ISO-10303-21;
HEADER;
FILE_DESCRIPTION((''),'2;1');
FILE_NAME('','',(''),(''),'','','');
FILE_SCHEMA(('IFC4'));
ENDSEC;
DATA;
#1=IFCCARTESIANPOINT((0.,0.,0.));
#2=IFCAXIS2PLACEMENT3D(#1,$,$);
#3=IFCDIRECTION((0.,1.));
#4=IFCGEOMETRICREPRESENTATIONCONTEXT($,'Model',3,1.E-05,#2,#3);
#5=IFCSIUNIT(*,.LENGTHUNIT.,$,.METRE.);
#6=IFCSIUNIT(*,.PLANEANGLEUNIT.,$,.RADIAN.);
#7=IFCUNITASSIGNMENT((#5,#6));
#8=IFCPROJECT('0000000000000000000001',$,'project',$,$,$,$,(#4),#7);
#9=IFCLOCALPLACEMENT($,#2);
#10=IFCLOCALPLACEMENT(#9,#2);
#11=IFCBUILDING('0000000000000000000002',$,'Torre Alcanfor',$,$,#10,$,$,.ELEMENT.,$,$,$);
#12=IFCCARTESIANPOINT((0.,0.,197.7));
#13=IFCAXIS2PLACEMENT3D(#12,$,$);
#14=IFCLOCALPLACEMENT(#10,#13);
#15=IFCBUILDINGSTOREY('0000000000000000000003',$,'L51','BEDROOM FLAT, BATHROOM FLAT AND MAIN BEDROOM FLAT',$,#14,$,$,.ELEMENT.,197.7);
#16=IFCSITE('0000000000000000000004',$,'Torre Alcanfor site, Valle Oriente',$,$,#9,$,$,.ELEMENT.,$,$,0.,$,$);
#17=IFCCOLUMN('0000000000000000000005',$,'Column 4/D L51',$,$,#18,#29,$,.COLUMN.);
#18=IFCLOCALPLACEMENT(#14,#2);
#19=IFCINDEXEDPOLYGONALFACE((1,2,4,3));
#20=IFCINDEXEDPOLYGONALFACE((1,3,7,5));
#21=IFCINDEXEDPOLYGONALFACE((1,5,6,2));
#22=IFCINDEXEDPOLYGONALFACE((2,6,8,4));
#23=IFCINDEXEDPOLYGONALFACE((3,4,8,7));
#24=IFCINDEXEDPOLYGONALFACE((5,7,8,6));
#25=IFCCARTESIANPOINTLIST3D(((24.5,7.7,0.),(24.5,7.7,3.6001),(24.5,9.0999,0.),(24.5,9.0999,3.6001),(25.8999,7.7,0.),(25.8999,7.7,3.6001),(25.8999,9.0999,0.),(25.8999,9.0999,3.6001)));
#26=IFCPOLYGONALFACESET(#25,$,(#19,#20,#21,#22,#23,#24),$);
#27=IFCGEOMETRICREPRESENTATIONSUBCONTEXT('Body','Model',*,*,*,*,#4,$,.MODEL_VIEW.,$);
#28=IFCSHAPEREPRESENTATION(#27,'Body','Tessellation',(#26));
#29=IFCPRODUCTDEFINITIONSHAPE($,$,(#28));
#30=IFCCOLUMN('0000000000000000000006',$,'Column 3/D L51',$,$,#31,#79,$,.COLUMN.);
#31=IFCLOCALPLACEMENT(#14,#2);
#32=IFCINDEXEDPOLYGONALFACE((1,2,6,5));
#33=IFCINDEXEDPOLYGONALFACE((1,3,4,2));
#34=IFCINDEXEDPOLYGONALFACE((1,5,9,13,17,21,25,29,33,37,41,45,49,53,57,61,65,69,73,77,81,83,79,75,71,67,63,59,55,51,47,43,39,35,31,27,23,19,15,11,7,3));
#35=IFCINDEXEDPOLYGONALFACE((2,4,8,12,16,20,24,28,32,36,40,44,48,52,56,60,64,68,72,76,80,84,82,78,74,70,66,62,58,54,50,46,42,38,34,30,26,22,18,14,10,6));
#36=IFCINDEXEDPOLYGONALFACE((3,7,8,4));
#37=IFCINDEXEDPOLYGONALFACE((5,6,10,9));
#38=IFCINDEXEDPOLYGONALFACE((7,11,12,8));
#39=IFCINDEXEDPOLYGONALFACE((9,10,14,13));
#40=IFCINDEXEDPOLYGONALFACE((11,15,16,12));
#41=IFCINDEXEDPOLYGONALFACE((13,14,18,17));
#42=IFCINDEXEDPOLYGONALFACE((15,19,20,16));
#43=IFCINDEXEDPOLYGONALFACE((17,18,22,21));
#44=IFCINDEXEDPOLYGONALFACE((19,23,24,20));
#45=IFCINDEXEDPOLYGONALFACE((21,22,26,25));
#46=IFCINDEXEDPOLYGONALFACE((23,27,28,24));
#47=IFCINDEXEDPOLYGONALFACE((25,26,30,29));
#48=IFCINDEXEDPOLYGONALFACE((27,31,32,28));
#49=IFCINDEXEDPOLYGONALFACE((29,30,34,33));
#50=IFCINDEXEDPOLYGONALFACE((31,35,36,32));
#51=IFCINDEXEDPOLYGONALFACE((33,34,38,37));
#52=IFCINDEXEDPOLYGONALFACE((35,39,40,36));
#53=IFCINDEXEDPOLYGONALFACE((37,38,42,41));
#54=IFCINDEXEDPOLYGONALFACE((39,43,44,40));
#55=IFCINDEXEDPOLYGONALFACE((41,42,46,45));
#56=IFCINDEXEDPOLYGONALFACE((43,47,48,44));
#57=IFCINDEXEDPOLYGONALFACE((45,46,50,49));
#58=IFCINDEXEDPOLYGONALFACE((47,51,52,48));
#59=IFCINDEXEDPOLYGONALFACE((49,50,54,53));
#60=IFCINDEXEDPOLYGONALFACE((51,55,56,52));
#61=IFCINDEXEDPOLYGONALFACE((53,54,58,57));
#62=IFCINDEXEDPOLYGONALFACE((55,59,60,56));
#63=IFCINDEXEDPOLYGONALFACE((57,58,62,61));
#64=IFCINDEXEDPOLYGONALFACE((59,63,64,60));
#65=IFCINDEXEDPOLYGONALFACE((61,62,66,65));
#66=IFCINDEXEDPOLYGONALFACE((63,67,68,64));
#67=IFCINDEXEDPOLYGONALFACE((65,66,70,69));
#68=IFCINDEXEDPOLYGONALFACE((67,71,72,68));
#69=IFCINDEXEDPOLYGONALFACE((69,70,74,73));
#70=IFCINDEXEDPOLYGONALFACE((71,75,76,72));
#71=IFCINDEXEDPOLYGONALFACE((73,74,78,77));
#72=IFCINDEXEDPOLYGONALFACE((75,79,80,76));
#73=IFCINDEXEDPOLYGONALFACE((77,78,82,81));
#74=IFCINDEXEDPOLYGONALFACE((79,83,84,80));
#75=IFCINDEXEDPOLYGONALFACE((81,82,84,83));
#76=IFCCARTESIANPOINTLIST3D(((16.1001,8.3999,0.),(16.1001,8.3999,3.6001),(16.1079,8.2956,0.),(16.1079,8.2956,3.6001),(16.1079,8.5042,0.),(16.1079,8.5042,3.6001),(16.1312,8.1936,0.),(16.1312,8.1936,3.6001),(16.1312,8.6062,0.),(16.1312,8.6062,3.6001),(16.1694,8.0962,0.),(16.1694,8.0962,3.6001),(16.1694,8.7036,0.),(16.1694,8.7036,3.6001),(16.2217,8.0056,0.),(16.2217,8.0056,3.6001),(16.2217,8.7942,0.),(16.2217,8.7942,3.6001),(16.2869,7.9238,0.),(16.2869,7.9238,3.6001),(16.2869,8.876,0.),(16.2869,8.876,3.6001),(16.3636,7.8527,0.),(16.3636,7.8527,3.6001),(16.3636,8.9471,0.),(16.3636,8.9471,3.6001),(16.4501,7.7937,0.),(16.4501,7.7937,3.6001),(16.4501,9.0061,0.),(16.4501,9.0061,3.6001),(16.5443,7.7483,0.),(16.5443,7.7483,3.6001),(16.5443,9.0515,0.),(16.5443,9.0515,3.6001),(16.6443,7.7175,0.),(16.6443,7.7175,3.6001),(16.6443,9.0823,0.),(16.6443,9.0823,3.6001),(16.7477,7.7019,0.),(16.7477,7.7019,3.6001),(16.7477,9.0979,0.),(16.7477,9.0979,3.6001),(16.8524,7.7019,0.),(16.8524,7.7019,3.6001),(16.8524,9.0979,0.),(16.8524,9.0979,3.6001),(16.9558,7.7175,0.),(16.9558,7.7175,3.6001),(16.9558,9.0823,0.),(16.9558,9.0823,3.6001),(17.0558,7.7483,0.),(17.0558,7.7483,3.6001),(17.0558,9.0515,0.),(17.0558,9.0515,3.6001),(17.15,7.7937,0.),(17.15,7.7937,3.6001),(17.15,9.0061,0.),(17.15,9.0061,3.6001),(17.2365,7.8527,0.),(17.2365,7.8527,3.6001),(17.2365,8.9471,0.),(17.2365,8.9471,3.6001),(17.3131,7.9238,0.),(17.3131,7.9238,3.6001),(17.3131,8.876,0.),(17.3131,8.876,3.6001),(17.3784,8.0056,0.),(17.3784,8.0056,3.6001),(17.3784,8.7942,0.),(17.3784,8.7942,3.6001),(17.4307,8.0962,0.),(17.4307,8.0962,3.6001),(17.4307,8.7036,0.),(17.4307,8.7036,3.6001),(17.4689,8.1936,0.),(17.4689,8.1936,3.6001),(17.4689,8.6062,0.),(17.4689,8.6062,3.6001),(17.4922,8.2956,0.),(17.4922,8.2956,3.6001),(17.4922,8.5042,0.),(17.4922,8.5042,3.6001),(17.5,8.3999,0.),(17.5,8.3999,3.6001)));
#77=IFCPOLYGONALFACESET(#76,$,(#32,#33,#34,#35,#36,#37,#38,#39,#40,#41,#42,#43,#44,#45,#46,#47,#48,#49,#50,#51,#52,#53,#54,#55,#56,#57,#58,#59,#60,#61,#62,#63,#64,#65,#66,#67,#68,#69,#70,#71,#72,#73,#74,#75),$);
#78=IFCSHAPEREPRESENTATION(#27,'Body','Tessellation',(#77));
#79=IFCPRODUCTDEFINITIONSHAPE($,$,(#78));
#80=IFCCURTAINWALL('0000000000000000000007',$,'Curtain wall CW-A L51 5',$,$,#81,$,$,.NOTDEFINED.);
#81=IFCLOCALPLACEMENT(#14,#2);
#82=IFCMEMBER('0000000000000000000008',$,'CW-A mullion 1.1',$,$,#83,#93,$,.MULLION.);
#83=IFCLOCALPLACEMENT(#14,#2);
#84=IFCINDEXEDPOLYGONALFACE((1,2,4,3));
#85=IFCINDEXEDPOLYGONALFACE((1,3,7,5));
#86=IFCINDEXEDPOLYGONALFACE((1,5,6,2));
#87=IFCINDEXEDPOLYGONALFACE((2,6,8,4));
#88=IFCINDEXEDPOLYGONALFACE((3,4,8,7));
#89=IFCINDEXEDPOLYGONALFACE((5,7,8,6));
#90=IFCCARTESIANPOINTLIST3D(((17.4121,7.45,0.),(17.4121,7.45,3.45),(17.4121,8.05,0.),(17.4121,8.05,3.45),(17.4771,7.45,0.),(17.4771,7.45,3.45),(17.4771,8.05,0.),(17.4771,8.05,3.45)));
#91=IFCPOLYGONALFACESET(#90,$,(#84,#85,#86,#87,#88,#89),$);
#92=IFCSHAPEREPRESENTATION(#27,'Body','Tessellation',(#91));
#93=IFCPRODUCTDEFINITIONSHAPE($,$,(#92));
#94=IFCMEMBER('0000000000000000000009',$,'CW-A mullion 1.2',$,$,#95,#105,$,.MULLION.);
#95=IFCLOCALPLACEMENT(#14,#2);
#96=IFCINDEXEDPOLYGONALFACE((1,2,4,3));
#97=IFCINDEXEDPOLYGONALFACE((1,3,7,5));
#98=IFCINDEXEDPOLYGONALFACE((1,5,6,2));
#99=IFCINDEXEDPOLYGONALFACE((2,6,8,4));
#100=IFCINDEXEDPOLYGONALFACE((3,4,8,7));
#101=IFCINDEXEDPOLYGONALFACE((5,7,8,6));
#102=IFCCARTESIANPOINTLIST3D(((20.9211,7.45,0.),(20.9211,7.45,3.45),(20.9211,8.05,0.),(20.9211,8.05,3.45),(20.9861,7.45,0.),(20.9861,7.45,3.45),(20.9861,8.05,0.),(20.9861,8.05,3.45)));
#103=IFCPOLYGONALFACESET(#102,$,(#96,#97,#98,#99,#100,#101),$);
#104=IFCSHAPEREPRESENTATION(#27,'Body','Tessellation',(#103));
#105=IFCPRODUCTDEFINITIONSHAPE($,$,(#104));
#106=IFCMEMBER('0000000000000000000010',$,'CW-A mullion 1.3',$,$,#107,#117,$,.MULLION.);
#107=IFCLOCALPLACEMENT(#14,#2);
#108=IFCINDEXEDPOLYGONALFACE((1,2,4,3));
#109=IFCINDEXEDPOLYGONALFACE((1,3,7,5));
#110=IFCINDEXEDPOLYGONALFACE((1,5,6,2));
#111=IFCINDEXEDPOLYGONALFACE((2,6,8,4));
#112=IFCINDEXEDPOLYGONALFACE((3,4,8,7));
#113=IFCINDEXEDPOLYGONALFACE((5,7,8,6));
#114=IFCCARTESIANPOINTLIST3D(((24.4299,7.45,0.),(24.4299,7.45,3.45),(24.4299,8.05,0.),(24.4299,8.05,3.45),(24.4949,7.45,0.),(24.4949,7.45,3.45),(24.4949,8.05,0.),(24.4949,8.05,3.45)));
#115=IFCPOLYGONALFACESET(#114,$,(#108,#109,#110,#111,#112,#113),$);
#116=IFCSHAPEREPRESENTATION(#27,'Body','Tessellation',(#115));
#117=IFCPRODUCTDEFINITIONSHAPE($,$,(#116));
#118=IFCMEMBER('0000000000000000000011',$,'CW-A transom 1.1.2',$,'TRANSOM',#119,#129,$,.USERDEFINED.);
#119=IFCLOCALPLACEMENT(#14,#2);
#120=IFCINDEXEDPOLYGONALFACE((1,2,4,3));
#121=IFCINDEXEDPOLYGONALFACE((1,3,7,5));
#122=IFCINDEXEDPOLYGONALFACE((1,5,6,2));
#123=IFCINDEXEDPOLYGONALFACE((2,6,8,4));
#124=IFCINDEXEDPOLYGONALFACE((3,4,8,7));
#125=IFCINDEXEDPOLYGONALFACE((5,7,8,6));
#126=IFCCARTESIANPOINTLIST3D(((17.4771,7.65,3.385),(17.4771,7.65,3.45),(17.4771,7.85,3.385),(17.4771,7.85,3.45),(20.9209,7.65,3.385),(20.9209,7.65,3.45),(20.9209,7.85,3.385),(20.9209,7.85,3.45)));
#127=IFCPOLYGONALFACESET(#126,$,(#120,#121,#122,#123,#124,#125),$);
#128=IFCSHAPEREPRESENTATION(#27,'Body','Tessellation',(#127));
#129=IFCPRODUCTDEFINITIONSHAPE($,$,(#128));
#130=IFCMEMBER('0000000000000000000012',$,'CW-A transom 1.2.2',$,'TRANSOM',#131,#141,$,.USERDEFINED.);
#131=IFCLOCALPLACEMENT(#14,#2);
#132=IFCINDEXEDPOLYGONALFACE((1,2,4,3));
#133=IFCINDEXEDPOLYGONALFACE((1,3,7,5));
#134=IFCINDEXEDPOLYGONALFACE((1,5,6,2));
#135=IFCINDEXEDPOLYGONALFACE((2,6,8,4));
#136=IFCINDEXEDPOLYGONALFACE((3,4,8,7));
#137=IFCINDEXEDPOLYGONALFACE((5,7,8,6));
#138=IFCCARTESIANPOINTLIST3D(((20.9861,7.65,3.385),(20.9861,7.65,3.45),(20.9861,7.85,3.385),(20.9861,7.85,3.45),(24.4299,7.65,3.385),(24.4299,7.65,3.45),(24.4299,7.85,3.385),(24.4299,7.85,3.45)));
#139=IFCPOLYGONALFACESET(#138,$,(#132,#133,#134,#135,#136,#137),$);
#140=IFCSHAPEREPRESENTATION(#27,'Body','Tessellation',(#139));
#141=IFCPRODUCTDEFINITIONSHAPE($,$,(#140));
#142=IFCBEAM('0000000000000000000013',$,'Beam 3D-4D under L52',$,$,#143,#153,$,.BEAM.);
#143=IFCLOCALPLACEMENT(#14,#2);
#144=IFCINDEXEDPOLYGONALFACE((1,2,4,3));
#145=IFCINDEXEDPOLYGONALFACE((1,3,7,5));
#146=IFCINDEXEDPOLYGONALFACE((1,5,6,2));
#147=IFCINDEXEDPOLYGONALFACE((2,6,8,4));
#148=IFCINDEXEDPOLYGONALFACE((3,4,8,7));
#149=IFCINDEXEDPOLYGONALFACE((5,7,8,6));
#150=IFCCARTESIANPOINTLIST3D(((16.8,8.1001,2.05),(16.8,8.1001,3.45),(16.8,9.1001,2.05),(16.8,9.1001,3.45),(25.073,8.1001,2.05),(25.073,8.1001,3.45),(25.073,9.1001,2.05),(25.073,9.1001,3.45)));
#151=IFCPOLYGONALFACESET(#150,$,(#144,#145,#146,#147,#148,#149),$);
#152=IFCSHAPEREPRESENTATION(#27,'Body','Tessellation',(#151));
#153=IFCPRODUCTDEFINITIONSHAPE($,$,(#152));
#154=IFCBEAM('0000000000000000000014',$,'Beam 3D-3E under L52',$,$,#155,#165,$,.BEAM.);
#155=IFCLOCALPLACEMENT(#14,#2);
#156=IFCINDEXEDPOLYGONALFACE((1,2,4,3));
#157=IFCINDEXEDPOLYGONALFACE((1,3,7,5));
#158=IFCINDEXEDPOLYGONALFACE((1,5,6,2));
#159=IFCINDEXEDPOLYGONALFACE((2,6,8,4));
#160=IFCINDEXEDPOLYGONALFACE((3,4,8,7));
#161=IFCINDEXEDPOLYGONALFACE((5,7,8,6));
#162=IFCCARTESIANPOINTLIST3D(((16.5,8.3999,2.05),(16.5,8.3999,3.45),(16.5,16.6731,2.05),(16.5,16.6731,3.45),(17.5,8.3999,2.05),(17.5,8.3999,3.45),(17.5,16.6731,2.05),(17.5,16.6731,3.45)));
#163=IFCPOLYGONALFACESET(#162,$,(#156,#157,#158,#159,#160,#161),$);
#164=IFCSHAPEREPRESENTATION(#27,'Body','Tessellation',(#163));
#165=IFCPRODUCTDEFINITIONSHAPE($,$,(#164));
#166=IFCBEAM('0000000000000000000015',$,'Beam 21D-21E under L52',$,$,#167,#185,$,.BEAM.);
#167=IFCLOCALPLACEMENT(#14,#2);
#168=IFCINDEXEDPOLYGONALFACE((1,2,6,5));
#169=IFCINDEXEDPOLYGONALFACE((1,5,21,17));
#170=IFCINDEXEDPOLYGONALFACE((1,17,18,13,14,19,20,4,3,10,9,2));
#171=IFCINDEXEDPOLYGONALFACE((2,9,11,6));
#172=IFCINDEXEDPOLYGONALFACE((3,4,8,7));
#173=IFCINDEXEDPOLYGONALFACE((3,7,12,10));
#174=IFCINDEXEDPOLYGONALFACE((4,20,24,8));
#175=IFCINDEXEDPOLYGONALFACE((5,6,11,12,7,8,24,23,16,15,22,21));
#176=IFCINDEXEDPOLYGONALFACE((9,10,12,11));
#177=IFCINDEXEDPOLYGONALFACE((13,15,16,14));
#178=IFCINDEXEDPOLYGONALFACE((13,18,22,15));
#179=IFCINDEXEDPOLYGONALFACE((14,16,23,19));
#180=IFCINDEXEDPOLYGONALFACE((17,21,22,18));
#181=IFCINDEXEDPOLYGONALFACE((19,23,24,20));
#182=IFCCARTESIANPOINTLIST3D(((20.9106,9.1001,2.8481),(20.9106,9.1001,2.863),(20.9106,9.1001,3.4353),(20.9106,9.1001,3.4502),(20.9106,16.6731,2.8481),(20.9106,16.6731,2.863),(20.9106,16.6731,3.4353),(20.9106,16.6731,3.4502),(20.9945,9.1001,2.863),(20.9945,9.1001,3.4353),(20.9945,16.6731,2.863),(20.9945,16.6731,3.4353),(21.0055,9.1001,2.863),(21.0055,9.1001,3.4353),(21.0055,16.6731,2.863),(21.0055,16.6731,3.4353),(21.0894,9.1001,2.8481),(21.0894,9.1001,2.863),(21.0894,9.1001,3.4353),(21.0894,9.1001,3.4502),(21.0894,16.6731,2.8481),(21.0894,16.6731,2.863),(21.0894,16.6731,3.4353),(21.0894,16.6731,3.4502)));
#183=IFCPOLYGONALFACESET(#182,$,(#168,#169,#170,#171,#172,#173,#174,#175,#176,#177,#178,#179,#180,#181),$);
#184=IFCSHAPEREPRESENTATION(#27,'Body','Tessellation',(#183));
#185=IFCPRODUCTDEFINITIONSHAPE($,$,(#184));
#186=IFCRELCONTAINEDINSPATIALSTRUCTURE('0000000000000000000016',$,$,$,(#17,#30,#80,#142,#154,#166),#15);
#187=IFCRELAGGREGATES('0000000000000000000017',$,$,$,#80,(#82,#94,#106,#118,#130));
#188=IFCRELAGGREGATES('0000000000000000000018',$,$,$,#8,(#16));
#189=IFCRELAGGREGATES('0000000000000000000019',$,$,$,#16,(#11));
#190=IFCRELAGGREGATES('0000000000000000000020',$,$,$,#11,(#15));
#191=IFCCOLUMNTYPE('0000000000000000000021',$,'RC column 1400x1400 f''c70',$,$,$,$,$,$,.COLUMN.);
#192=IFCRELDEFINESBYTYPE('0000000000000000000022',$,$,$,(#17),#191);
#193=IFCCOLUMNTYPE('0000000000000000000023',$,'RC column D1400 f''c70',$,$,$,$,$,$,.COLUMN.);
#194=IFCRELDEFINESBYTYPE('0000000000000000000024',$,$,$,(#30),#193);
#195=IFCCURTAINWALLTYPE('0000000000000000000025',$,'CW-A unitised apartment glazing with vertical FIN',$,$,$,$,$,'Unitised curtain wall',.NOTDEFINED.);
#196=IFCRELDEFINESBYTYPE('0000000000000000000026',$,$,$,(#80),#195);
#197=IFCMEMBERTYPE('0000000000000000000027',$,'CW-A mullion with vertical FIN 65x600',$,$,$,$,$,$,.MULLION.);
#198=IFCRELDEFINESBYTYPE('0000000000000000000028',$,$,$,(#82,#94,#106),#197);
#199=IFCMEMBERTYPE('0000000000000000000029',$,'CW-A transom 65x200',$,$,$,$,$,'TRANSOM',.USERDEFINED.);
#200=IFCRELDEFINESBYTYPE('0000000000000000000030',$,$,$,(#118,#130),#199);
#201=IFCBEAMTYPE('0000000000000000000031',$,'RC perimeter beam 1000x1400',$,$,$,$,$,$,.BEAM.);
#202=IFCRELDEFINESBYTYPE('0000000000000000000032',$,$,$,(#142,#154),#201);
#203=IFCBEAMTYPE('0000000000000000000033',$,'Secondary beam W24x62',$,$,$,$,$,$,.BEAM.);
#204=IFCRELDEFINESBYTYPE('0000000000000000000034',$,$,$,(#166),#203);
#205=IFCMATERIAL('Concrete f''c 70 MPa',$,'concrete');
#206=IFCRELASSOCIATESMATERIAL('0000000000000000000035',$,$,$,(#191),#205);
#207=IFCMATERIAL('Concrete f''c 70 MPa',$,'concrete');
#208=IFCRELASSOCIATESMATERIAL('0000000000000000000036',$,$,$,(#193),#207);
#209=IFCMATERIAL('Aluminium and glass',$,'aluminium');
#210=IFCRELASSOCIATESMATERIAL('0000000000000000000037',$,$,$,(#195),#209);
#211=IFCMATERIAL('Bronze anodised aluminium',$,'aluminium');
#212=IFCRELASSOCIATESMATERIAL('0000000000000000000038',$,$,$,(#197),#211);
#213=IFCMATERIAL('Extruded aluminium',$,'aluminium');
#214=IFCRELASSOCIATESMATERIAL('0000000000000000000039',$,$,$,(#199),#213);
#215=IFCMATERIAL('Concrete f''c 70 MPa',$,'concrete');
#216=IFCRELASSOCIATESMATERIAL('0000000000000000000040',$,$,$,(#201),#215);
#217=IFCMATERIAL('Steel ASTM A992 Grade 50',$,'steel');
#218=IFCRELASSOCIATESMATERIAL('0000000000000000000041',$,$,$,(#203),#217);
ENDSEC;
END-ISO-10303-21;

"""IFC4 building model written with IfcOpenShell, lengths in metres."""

from ifc_helpers import new_model, si_unit, direction, frame, origin, origin_2d, place, context, subcontext, project, spatial, rectangle, circle, i_section, extrude, material, material_profile, profile_set, type_object, element, aggregate, save


model = new_model("IFC4")

# Units and contexts
model_context = context("Model", 3, precision=1e-05, world=origin(), true_north=direction((0.0, 1.0)))
body_context = subcontext(model_context, "Body", "Model", "MODEL_VIEW")
ifc_project = project(units=[si_unit("LENGTHUNIT", "METRE"), si_unit("PLANEANGLEUNIT", "RADIAN")], contexts=[model_context])

# Site, building, storey
site_placement = place(None, origin())
site = spatial("IfcSite", under=ifc_project, at=site_placement, Name="Torre Alcanfor site, Valle Oriente", CompositionType="ELEMENT", RefElevation=0.0)
building_placement = place(site_placement, origin())
building = spatial("IfcBuilding", under=site, at=building_placement, Name="Torre Alcanfor", CompositionType="ELEMENT")
storey_placement = place(building_placement, frame((0.0, 0.0, 197.7)))
storey = spatial("IfcBuildingStorey", under=building, at=storey_placement, Name="L51", Description="BEDROOM FLAT, BATHROOM FLAT AND MAIN BEDROOM FLAT", CompositionType="ELEMENT", Elevation=197.7)

# Columns
ifc_material_1 = material(Name="Concrete f'c 70 MPa", Category="concrete")
ifc_material_profile_1 = material_profile(ifc_material_1, rectangle(XDim=1.3999, YDim=1.3999, at=origin_2d()), Name="1400x1400")
ifc_profile_set_1 = profile_set([ifc_material_profile_1], Name="Concrete f'c 70 MPa")
column_type_1 = type_object("IfcColumnType", Name="RC column 1400x1400 f'c70", PredefinedType="COLUMN", material=ifc_profile_set_1)
column_1_placement = place(storey_placement, frame((25.2, 8.3999, 0.0), z_axis=(0.0, 0.0, 1.0), x_axis=(1.0, 0.0, 0.0)))
element("IfcColumn", 1, at=column_1_placement, inside=storey, type_object=column_type_1, Name="Column 4/D L51", PredefinedType="COLUMN", context=body_context, shape_type="SweptSolid", body=[
    extrude(rectangle(XDim=1.3999, YDim=1.3999, at=origin_2d()), origin(), (0.0, 0.0, 1.0), 3.6001),
])
ifc_material_2 = material(Name="Concrete f'c 70 MPa", Category="concrete")
ifc_material_profile_2 = material_profile(ifc_material_2, circle(Radius=0.7, at=origin_2d()), Name="D1400")
ifc_profile_set_2 = profile_set([ifc_material_profile_2], Name="Concrete f'c 70 MPa")
column_type_2 = type_object("IfcColumnType", Name="RC column D1400 f'c70", PredefinedType="COLUMN", material=ifc_profile_set_2)
column_2_placement = place(storey_placement, frame((16.8, 8.3999, 0.0), z_axis=(0.0, 0.0, 1.0), x_axis=(1.0, 0.0, 0.0)))
element("IfcColumn", 2, at=column_2_placement, inside=storey, type_object=column_type_2, Name="Column 3/D L51", PredefinedType="COLUMN", context=body_context, shape_type="SweptSolid", body=[
    extrude(circle(Radius=0.7, at=origin_2d()), origin(), (0.0, 0.0, 1.0), 3.6001),
])

# Curtain wall, members
ifc_material_3 = material(Name="Aluminium and glass", Category="aluminium")
curtain_wall_type = type_object("IfcCurtainWallType", Name="CW-A unitised apartment glazing with vertical FIN", ElementType="Unitised curtain wall", PredefinedType="NOTDEFINED", material=ifc_material_3)
curtain_wall_placement = place(storey_placement, origin())
curtain_wall = element("IfcCurtainWall", 3, at=curtain_wall_placement, inside=storey, type_object=curtain_wall_type, Name="Curtain wall CW-A L51 5", PredefinedType="NOTDEFINED")
ifc_material_4 = material(Name="Bronze anodised aluminium", Category="aluminium")
ifc_material_profile_3 = material_profile(ifc_material_4, rectangle(XDim=0.6001, YDim=0.0649, at=origin_2d()), Name="CW-A mullion 65x600")
ifc_profile_set_3 = profile_set([ifc_material_profile_3], Name="Bronze anodised aluminium")
member_type_1 = type_object("IfcMemberType", Name="CW-A mullion with vertical FIN 65x600", PredefinedType="MULLION", material=ifc_profile_set_3)
member_1_placement = place(storey_placement, frame((17.4446, 7.75, 0.0), z_axis=(0.0, 0.0, 1.0), x_axis=(0.0, 1.0, 0.0)))
member_1 = element("IfcMember", 4, at=member_1_placement, type_object=member_type_1, Name="CW-A mullion 1.1", PredefinedType="MULLION", context=body_context, shape_type="SweptSolid", body=[
    extrude(rectangle(XDim=0.6001, YDim=0.0649, at=origin_2d()), origin(), (0.0, 0.0, 1.0), 3.45),
])
member_2_placement = place(storey_placement, frame((20.9536, 7.75, 0.0), z_axis=(0.0, 0.0, 1.0), x_axis=(0.0, 1.0, 0.0)))
member_2 = element("IfcMember", 5, at=member_2_placement, type_object=member_type_1, Name="CW-A mullion 1.2", PredefinedType="MULLION", context=body_context, shape_type="SweptSolid", body=[
    extrude(rectangle(XDim=0.6001, YDim=0.0649, at=origin_2d()), origin(), (0.0, 0.0, 1.0), 3.45),
])
member_3_placement = place(storey_placement, frame((24.4624, 7.75, 0.0), z_axis=(0.0, 0.0, 1.0), x_axis=(0.0, 1.0, 0.0)))
member_3 = element("IfcMember", 6, at=member_3_placement, type_object=member_type_1, Name="CW-A mullion 1.3", PredefinedType="MULLION", context=body_context, shape_type="SweptSolid", body=[
    extrude(rectangle(XDim=0.6001, YDim=0.0649, at=origin_2d()), origin(), (0.0, 0.0, 1.0), 3.45),
])
ifc_material_5 = material(Name="Extruded aluminium", Category="aluminium")
ifc_material_profile_4 = material_profile(ifc_material_5, rectangle(XDim=0.2, YDim=0.0649, at=origin_2d()), Name="CW-A transom 200x65")
ifc_profile_set_4 = profile_set([ifc_material_profile_4], Name="Extruded aluminium")
member_type_2 = type_object("IfcMemberType", Name="CW-A transom 65x200", ElementType="TRANSOM", PredefinedType="USERDEFINED", material=ifc_profile_set_4)
member_4_placement = place(storey_placement, frame((17.4771, 7.75, 3.4175), z_axis=(1.0, 0.0, 0.0), x_axis=(0.0, 1.0, 0.0)))
member_4 = element("IfcMember", 7, at=member_4_placement, type_object=member_type_2, Name="CW-A transom 1.1.2", ObjectType="TRANSOM", PredefinedType="USERDEFINED", context=body_context, shape_type="SweptSolid", body=[
    extrude(rectangle(XDim=0.2, YDim=0.0649, at=origin_2d()), origin(), (0.0, 0.0, 1.0), 3.4438),
])
member_5_placement = place(storey_placement, frame((20.9861, 7.75, 3.4175), z_axis=(1.0, 0.0, 0.0), x_axis=(0.0, 1.0, 0.0)))
member_5 = element("IfcMember", 8, at=member_5_placement, type_object=member_type_2, Name="CW-A transom 1.2.2", ObjectType="TRANSOM", PredefinedType="USERDEFINED", context=body_context, shape_type="SweptSolid", body=[
    extrude(rectangle(XDim=0.2, YDim=0.0649, at=origin_2d()), origin(), (0.0, 0.0, 1.0), 3.4438),
])

# Beams
ifc_material_6 = material(Name="Concrete f'c 70 MPa", Category="concrete")
ifc_material_profile_5 = material_profile(ifc_material_6, rectangle(XDim=1.0, YDim=1.3999, at=origin_2d()), Name="1000x1400")
ifc_profile_set_5 = profile_set([ifc_material_profile_5], Name="Concrete f'c 70 MPa")
beam_type_1 = type_object("IfcBeamType", Name="RC perimeter beam 1000x1400", PredefinedType="BEAM", material=ifc_profile_set_5)
beam_1_placement = place(storey_placement, frame((16.8, 8.6001, 2.75), z_axis=(1.0, 0.0, 0.0), x_axis=(0.0, 1.0, 0.0)))
element("IfcBeam", 9, at=beam_1_placement, inside=storey, type_object=beam_type_1, Name="Beam 3D-4D under L52", PredefinedType="BEAM", context=body_context, shape_type="SweptSolid", body=[
    extrude(rectangle(XDim=1.0, YDim=1.3999, at=origin_2d()), origin(), (0.0, 0.0, 1.0), 8.2729),
])
beam_2_placement = place(storey_placement, frame((17.0, 8.3999, 2.75), z_axis=(0.0, 1.0, 0.0), x_axis=(-1.0, 0.0, 0.0)))
element("IfcBeam", 10, at=beam_2_placement, inside=storey, type_object=beam_type_1, Name="Beam 3D-3E under L52", PredefinedType="BEAM", context=body_context, shape_type="SweptSolid", body=[
    extrude(rectangle(XDim=1.0, YDim=1.3999, at=origin_2d()), origin(), (0.0, 0.0, 1.0), 8.2732),
])
ifc_material_7 = material(Name="Steel ASTM A992 Grade 50", Category="steel")
ifc_material_profile_6 = material_profile(ifc_material_7, i_section(OverallWidth=0.1787, OverallDepth=0.6021, WebThickness=0.011, FlangeThickness=0.0149, at=origin_2d()), Name="W24x62")
ifc_profile_set_6 = profile_set([ifc_material_profile_6], Name="Steel ASTM A992 Grade 50")
beam_type_2 = type_object("IfcBeamType", Name="Secondary beam W24x62", PredefinedType="BEAM", material=ifc_profile_set_6)
beam_3_placement = place(storey_placement, frame((21.0, 9.1001, 3.1492), z_axis=(0.0, 1.0, 0.0), x_axis=(-1.0, 0.0, 0.0)))
element("IfcBeam", 11, at=beam_3_placement, inside=storey, type_object=beam_type_2, Name="Beam 21D-21E under L52", PredefinedType="BEAM", context=body_context, shape_type="SweptSolid", body=[
    extrude(i_section(OverallWidth=0.1787, OverallDepth=0.6021, WebThickness=0.011, FlangeThickness=0.0149, at=origin_2d()), origin(), (0.0, 0.0, 1.0), 7.573),
])

aggregate(curtain_wall, [member_1, member_2, member_3, member_4, member_5])

save(model, "model.ifc")
